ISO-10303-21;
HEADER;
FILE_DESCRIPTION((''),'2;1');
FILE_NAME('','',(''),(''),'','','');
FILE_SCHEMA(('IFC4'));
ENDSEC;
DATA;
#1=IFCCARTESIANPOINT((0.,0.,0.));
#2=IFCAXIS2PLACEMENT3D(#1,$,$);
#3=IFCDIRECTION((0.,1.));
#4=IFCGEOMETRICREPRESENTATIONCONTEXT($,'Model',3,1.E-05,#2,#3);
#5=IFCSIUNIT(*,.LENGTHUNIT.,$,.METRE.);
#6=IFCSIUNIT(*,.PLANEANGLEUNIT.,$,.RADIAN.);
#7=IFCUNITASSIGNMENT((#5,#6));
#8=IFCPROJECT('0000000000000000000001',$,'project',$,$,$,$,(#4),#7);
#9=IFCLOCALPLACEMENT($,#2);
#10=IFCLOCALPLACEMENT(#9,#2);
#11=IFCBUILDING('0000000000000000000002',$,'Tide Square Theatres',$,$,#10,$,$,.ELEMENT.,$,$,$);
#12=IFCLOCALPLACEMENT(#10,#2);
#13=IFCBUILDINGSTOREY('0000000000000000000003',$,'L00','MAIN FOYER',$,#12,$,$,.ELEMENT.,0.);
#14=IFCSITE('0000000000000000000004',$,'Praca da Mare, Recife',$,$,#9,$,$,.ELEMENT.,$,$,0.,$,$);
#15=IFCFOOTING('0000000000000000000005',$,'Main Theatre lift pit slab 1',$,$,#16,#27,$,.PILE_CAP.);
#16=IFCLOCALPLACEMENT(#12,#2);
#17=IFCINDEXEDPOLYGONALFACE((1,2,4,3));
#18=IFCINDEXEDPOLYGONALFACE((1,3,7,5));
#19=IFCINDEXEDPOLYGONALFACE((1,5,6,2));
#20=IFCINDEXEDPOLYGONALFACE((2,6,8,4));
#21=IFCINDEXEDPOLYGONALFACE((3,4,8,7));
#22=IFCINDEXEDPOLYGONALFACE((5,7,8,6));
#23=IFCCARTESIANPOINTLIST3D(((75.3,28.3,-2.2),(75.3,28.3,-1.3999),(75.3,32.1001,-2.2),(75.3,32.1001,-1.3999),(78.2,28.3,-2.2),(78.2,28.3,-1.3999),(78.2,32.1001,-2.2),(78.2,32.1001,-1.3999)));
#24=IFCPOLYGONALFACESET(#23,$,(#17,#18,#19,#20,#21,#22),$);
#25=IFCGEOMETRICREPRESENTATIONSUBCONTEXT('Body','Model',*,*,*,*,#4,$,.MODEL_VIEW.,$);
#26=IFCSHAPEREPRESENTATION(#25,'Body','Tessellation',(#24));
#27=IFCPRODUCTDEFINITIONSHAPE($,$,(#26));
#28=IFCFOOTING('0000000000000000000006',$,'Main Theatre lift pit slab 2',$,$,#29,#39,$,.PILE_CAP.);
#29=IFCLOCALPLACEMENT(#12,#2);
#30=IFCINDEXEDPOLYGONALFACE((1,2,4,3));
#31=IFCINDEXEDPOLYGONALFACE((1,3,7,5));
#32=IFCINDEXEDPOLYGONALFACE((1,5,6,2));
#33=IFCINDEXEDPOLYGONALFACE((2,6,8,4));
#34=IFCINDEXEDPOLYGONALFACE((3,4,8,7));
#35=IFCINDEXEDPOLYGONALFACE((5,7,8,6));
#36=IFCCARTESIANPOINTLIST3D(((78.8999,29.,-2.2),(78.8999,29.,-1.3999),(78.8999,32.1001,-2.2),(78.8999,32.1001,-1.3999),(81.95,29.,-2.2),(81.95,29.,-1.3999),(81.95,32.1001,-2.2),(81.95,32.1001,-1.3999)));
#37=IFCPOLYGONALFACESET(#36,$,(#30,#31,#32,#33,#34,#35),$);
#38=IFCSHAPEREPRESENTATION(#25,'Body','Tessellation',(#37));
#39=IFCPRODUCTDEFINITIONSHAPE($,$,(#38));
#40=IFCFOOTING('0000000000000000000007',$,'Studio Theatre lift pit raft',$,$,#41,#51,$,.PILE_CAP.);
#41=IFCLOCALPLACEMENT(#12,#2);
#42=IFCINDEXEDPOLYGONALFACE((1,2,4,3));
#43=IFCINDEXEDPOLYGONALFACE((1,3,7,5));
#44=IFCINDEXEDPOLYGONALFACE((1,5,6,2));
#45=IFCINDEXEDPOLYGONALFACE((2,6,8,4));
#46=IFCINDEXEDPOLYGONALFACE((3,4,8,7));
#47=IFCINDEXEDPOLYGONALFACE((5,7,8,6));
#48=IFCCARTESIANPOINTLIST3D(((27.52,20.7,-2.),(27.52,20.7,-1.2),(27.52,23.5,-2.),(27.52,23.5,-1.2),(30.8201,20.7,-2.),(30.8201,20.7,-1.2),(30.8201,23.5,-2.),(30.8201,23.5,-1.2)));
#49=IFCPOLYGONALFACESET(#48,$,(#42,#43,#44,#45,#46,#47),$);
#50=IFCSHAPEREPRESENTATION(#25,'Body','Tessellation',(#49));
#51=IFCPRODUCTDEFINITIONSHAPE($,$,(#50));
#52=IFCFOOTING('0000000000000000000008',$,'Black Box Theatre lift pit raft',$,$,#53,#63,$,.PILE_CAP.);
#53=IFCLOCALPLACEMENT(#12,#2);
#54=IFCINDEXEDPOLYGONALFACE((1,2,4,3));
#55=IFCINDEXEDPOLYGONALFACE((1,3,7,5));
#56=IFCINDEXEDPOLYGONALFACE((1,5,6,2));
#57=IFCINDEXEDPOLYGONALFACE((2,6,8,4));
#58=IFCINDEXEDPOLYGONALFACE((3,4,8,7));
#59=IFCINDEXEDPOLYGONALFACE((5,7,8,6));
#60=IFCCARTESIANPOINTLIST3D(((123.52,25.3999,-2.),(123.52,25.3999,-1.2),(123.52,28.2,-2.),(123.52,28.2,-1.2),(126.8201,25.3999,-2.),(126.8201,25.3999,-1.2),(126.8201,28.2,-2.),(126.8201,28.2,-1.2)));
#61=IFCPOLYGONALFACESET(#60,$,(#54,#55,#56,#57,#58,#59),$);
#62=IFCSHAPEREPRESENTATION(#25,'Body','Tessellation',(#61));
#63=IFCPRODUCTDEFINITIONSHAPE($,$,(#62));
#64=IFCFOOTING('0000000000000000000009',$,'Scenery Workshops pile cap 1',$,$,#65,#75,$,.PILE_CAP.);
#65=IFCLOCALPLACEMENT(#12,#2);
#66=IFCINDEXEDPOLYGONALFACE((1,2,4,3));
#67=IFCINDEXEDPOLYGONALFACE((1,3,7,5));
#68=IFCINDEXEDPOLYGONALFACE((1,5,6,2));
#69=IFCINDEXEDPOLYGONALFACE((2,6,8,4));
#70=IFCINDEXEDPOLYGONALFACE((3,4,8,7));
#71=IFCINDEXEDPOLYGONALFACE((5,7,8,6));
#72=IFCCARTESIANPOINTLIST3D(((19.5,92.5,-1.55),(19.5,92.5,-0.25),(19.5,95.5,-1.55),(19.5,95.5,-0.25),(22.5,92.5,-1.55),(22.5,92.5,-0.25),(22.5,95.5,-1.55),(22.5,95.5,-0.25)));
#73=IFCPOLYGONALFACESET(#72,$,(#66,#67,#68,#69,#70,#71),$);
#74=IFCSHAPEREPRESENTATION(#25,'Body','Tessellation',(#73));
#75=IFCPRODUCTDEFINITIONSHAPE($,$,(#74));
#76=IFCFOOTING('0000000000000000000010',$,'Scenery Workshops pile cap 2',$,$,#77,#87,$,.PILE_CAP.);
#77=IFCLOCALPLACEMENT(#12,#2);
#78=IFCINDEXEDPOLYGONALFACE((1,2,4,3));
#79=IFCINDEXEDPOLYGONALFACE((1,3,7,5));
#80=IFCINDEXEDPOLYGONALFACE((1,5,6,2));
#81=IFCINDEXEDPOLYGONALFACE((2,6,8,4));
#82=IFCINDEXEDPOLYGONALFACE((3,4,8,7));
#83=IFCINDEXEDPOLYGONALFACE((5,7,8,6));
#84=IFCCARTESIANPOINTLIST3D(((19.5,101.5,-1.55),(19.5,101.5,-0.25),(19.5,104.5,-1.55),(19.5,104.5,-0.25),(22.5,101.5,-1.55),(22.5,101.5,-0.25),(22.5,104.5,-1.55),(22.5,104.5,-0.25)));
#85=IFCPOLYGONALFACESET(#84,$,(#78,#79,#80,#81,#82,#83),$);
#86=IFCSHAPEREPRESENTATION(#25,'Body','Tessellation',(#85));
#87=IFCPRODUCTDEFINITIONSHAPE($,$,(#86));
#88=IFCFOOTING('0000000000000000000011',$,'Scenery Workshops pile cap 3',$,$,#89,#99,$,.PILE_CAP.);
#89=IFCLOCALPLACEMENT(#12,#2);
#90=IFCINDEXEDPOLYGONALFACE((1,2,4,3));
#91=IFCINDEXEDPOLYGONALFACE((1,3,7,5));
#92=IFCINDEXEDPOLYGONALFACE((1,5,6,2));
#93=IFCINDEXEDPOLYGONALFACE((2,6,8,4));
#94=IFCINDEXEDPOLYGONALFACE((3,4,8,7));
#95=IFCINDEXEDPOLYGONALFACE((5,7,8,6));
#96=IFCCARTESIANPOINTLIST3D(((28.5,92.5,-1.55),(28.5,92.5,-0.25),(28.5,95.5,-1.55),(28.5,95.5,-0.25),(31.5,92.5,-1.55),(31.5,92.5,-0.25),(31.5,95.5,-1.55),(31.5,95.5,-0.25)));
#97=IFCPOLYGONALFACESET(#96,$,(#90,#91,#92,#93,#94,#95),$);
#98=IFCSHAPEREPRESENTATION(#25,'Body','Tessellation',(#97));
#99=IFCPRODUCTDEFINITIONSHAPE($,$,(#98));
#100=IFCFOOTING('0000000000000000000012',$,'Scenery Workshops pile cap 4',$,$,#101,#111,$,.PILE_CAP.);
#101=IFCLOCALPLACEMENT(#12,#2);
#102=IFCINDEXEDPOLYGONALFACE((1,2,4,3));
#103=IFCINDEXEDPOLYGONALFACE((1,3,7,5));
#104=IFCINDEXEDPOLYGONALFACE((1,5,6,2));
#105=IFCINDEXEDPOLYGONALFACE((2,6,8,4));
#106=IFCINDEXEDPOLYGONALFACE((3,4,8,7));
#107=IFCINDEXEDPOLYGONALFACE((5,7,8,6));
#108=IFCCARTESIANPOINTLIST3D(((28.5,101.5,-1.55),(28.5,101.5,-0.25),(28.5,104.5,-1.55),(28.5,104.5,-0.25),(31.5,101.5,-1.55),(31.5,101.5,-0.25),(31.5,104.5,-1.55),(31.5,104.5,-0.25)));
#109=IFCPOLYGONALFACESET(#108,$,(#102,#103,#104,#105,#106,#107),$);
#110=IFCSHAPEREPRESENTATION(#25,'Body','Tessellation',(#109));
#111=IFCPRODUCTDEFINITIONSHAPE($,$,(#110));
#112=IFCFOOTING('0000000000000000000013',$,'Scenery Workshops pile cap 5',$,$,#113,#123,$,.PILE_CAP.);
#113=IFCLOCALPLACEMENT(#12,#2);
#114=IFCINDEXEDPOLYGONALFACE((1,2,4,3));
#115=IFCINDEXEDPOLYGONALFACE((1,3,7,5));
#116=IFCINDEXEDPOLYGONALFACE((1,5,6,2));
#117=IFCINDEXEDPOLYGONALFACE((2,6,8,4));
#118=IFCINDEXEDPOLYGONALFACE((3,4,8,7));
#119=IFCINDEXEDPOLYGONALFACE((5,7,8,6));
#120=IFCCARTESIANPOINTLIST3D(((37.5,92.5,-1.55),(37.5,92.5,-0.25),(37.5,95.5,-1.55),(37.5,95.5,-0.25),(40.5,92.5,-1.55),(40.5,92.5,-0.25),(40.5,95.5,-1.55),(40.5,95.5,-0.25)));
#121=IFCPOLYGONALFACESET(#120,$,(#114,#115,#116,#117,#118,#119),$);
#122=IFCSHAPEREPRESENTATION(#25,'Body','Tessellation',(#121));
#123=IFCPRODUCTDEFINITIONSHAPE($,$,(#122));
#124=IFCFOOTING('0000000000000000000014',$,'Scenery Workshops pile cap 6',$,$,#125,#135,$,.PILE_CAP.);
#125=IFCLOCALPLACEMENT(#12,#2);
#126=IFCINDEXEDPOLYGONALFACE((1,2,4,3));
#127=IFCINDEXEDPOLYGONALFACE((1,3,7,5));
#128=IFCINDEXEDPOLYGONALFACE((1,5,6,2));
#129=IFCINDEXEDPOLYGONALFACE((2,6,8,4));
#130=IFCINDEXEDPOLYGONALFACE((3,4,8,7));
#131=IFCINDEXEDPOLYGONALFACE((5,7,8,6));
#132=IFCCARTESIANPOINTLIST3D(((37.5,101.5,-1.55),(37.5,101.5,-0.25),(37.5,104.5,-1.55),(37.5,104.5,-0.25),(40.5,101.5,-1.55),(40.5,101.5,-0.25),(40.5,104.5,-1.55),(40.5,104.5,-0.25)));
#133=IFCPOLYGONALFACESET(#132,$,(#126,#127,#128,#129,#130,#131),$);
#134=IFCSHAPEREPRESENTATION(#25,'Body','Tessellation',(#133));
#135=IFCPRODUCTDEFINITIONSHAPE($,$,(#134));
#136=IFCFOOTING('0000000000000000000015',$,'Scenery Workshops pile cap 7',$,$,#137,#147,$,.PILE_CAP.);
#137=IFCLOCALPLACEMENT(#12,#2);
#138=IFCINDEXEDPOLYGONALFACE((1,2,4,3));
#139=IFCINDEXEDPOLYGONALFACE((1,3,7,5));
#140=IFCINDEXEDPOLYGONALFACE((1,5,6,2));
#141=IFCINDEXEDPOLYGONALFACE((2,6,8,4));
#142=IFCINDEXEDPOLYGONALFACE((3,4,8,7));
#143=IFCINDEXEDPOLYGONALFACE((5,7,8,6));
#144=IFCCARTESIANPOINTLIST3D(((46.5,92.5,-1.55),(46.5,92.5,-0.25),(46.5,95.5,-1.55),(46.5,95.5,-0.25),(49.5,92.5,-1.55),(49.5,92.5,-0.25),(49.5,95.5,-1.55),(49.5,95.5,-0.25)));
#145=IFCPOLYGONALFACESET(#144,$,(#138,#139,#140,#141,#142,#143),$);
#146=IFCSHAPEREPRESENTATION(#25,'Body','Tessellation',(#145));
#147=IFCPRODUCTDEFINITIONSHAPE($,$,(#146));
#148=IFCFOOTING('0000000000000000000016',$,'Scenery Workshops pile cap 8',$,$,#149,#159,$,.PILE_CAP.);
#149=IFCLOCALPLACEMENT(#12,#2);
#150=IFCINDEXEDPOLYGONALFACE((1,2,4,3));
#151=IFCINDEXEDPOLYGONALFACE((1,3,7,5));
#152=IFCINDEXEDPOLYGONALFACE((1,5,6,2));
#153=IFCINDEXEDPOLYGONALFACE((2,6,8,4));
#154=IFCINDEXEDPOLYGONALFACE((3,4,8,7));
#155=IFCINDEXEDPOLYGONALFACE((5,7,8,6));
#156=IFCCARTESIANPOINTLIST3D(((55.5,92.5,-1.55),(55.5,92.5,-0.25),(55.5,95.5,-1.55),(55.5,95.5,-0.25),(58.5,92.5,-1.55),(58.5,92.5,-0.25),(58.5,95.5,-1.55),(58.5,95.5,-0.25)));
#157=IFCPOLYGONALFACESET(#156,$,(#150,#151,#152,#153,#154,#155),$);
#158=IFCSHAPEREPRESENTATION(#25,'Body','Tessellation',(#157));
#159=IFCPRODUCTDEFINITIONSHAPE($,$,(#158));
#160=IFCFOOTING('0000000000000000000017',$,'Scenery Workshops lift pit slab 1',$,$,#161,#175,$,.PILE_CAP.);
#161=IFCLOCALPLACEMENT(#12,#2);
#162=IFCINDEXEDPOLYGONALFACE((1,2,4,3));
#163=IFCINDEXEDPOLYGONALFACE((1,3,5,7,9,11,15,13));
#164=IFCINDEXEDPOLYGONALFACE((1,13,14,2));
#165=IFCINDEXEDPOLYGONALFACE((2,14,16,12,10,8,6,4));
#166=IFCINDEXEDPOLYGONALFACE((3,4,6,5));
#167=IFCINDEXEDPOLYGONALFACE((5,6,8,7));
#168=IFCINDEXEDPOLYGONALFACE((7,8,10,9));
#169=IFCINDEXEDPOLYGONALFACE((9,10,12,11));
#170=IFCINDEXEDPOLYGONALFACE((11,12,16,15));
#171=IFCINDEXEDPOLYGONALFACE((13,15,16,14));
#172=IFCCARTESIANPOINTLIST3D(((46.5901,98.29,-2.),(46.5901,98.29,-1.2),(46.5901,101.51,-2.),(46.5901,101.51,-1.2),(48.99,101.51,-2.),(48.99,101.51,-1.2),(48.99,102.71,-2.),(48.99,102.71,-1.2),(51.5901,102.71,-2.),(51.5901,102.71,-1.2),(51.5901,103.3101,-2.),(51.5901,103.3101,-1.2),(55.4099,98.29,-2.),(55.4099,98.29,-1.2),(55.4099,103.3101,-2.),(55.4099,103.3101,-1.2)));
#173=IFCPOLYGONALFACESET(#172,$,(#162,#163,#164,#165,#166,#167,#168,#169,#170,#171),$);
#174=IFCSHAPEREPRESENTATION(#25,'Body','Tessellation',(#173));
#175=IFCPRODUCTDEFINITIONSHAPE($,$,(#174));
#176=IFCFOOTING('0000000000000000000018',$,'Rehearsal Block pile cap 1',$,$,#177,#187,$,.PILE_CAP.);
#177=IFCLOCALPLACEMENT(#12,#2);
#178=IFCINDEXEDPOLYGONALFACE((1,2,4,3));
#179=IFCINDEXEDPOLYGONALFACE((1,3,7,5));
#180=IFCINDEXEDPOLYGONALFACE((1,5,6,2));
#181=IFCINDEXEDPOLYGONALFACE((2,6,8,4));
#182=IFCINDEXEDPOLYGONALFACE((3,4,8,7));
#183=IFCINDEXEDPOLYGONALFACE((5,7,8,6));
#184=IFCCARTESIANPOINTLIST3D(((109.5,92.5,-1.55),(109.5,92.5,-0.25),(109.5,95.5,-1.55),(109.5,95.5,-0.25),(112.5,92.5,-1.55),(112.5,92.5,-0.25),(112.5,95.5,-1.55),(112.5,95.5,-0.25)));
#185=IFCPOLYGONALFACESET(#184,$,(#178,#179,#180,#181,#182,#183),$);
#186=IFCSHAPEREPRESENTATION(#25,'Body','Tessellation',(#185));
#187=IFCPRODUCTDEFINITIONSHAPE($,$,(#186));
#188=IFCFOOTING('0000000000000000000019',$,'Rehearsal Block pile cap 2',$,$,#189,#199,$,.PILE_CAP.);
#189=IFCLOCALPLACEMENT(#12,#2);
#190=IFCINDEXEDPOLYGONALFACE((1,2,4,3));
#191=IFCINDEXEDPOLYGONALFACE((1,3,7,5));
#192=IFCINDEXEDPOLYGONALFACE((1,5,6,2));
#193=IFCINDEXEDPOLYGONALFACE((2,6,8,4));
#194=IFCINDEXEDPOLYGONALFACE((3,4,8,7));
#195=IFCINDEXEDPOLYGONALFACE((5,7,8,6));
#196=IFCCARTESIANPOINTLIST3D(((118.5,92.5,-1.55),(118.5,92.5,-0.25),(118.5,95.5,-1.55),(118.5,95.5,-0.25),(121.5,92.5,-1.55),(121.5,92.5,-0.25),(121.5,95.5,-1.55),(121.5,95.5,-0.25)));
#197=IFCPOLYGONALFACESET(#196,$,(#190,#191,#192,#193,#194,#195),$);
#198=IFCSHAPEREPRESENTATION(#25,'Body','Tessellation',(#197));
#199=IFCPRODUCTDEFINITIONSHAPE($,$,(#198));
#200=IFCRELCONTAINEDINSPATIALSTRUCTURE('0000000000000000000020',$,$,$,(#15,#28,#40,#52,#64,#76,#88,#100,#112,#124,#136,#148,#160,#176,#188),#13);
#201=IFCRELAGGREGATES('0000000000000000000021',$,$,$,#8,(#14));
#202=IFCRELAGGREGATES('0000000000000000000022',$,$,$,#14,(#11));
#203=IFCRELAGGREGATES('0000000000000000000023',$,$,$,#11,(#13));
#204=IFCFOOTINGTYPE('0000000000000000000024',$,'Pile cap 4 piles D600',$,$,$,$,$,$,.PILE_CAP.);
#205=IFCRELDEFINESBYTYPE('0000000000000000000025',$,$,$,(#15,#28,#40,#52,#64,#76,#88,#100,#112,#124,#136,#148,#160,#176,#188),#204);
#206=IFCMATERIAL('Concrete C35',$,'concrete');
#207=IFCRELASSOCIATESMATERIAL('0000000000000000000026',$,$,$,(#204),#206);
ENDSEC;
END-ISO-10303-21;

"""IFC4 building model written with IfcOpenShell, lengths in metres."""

from ifc_helpers import new_model, si_unit, direction, frame, origin, place, context, subcontext, project, spatial, polyline, outline, extrude, material, type_object, element, save


model = new_model("IFC4")

# Units and contexts
model_context = context("Model", 3, precision=1e-05, world=origin(), true_north=direction((0.0, 1.0)))
body_context = subcontext(model_context, "Body", "Model", "MODEL_VIEW")
ifc_project = project(units=[si_unit("LENGTHUNIT", "METRE"), si_unit("PLANEANGLEUNIT", "RADIAN")], contexts=[model_context])

# Site, building, storey
site_placement = place(None, origin())
site = spatial("IfcSite", under=ifc_project, at=site_placement, Name="Praca da Mare, Recife", CompositionType="ELEMENT", RefElevation=0.0)
building_placement = place(site_placement, origin())
building = spatial("IfcBuilding", under=site, at=building_placement, Name="Tide Square Theatres", CompositionType="ELEMENT")
storey_placement = place(building_placement, origin())
storey = spatial("IfcBuildingStorey", under=building, at=storey_placement, Name="L00", Description="MAIN FOYER", CompositionType="ELEMENT", Elevation=0.0)

# Footings
ifc_material_1 = material(Name="Concrete C35", Category="concrete")
footing_type_1 = type_object("IfcFootingType", Name="Pile cap 4 piles D600", PredefinedType="PILE_CAP", material=ifc_material_1)
footing_1_placement = place(storey_placement, frame((0.0, 0.0, -2.2)))
element("IfcFooting", 1, at=footing_1_placement, inside=storey, type_object=footing_type_1, Name="Main Theatre lift pit slab 1", PredefinedType="PILE_CAP", context=body_context, shape_type="SweptSolid", body=[
    extrude(outline(polyline([(75.3, 28.3), (78.2, 28.3), (78.2, 32.1001), (75.3, 32.1001), (75.3, 28.3)])), origin(), (0.0, 0.0, 1.0), 0.8),
])
footing_2_placement = place(storey_placement, frame((0.0, 0.0, -2.2)))
element("IfcFooting", 2, at=footing_2_placement, inside=storey, type_object=footing_type_1, Name="Main Theatre lift pit slab 2", PredefinedType="PILE_CAP", context=body_context, shape_type="SweptSolid", body=[
    extrude(outline(polyline([(78.8999, 29.0), (81.95, 29.0), (81.95, 32.1001), (78.8999, 32.1001), (78.8999, 29.0)])), origin(), (0.0, 0.0, 1.0), 0.8),
])
footing_3_placement = place(storey_placement, frame((0.0, 0.0, -2.0)))
element("IfcFooting", 3, at=footing_3_placement, inside=storey, type_object=footing_type_1, Name="Studio Theatre lift pit raft", PredefinedType="PILE_CAP", context=body_context, shape_type="SweptSolid", body=[
    extrude(outline(polyline([(30.8201, 20.7), (30.8201, 23.5), (27.52, 23.5), (27.52, 20.7), (30.8201, 20.7)])), origin(), (0.0, 0.0, 1.0), 0.8),
])
footing_4_placement = place(storey_placement, frame((0.0, 0.0, -2.0)))
element("IfcFooting", 4, at=footing_4_placement, inside=storey, type_object=footing_type_1, Name="Black Box Theatre lift pit raft", PredefinedType="PILE_CAP", context=body_context, shape_type="SweptSolid", body=[
    extrude(outline(polyline([(126.8201, 25.3999), (126.8201, 28.2), (123.52, 28.2), (123.52, 25.3999), (126.8201, 25.3999)])), origin(), (0.0, 0.0, 1.0), 0.8),
])
footing_5_placement = place(storey_placement, frame((0.0, 0.0, -1.55)))
element("IfcFooting", 5, at=footing_5_placement, inside=storey, type_object=footing_type_1, Name="Scenery Workshops pile cap 1", PredefinedType="PILE_CAP", context=body_context, shape_type="SweptSolid", body=[
    extrude(outline(polyline([(19.5, 92.5), (22.5, 92.5), (22.5, 95.5), (19.5, 95.5), (19.5, 92.5)])), origin(), (0.0, 0.0, 1.0), 1.3),
])
footing_6_placement = place(storey_placement, frame((0.0, 0.0, -1.55)))
element("IfcFooting", 6, at=footing_6_placement, inside=storey, type_object=footing_type_1, Name="Scenery Workshops pile cap 2", PredefinedType="PILE_CAP", context=body_context, shape_type="SweptSolid", body=[
    extrude(outline(polyline([(19.5, 101.5), (22.5, 101.5), (22.5, 104.5), (19.5, 104.5), (19.5, 101.5)])), origin(), (0.0, 0.0, 1.0), 1.3),
])
footing_7_placement = place(storey_placement, frame((0.0, 0.0, -1.55)))
element("IfcFooting", 7, at=footing_7_placement, inside=storey, type_object=footing_type_1, Name="Scenery Workshops pile cap 3", PredefinedType="PILE_CAP", context=body_context, shape_type="SweptSolid", body=[
    extrude(outline(polyline([(28.5, 92.5), (31.5, 92.5), (31.5, 95.5), (28.5, 95.5), (28.5, 92.5)])), origin(), (0.0, 0.0, 1.0), 1.3),
])
footing_8_placement = place(storey_placement, frame((0.0, 0.0, -1.55)))
element("IfcFooting", 8, at=footing_8_placement, inside=storey, type_object=footing_type_1, Name="Scenery Workshops pile cap 4", PredefinedType="PILE_CAP", context=body_context, shape_type="SweptSolid", body=[
    extrude(outline(polyline([(28.5, 101.5), (31.5, 101.5), (31.5, 104.5), (28.5, 104.5), (28.5, 101.5)])), origin(), (0.0, 0.0, 1.0), 1.3),
])
footing_9_placement = place(storey_placement, frame((0.0, 0.0, -1.55)))
element("IfcFooting", 9, at=footing_9_placement, inside=storey, type_object=footing_type_1, Name="Scenery Workshops pile cap 5", PredefinedType="PILE_CAP", context=body_context, shape_type="SweptSolid", body=[
    extrude(outline(polyline([(37.5, 92.5), (40.5, 92.5), (40.5, 95.5), (37.5, 95.5), (37.5, 92.5)])), origin(), (0.0, 0.0, 1.0), 1.3),
])
footing_10_placement = place(storey_placement, frame((0.0, 0.0, -1.55)))
element("IfcFooting", 10, at=footing_10_placement, inside=storey, type_object=footing_type_1, Name="Scenery Workshops pile cap 6", PredefinedType="PILE_CAP", context=body_context, shape_type="SweptSolid", body=[
    extrude(outline(polyline([(37.5, 101.5), (40.5, 101.5), (40.5, 104.5), (37.5, 104.5), (37.5, 101.5)])), origin(), (0.0, 0.0, 1.0), 1.3),
])
footing_11_placement = place(storey_placement, frame((0.0, 0.0, -1.55)))
element("IfcFooting", 11, at=footing_11_placement, inside=storey, type_object=footing_type_1, Name="Scenery Workshops pile cap 7", PredefinedType="PILE_CAP", context=body_context, shape_type="SweptSolid", body=[
    extrude(outline(polyline([(46.5, 92.5), (49.5, 92.5), (49.5, 95.5), (46.5, 95.5), (46.5, 92.5)])), origin(), (0.0, 0.0, 1.0), 1.3),
])
footing_12_placement = place(storey_placement, frame((0.0, 0.0, -1.55)))
element("IfcFooting", 12, at=footing_12_placement, inside=storey, type_object=footing_type_1, Name="Scenery Workshops pile cap 8", PredefinedType="PILE_CAP", context=body_context, shape_type="SweptSolid", body=[
    extrude(outline(polyline([(55.5, 92.5), (58.5, 92.5), (58.5, 95.5), (55.5, 95.5), (55.5, 92.5)])), origin(), (0.0, 0.0, 1.0), 1.3),
])
footing_13_placement = place(storey_placement, frame((0.0, 0.0, -2.0)))
element("IfcFooting", 13, at=footing_13_placement, inside=storey, type_object=footing_type_1, Name="Scenery Workshops lift pit slab 1", PredefinedType="PILE_CAP", context=body_context, shape_type="SweptSolid", body=[
    extrude(outline(polyline([(55.4099, 98.29), (55.4099, 103.3101), (51.5901, 103.3101), (51.5901, 102.71), (48.99, 102.71), (48.99, 101.51), (46.5901, 101.51), (46.5901, 98.29), (55.4099, 98.29)])), origin(), (0.0, 0.0, 1.0), 0.8),
])
footing_14_placement = place(storey_placement, frame((0.0, 0.0, -1.55)))
element("IfcFooting", 14, at=footing_14_placement, inside=storey, type_object=footing_type_1, Name="Rehearsal Block pile cap 1", PredefinedType="PILE_CAP", context=body_context, shape_type="SweptSolid", body=[
    extrude(outline(polyline([(109.5, 92.5), (112.5, 92.5), (112.5, 95.5), (109.5, 95.5), (109.5, 92.5)])), origin(), (0.0, 0.0, 1.0), 1.3),
])
footing_15_placement = place(storey_placement, frame((0.0, 0.0, -1.55)))
element("IfcFooting", 15, at=footing_15_placement, inside=storey, type_object=footing_type_1, Name="Rehearsal Block pile cap 2", PredefinedType="PILE_CAP", context=body_context, shape_type="SweptSolid", body=[
    extrude(outline(polyline([(118.5, 92.5), (121.5, 92.5), (121.5, 95.5), (118.5, 95.5), (118.5, 92.5)])), origin(), (0.0, 0.0, 1.0), 1.3),
])

save(model, "model.ifc")
